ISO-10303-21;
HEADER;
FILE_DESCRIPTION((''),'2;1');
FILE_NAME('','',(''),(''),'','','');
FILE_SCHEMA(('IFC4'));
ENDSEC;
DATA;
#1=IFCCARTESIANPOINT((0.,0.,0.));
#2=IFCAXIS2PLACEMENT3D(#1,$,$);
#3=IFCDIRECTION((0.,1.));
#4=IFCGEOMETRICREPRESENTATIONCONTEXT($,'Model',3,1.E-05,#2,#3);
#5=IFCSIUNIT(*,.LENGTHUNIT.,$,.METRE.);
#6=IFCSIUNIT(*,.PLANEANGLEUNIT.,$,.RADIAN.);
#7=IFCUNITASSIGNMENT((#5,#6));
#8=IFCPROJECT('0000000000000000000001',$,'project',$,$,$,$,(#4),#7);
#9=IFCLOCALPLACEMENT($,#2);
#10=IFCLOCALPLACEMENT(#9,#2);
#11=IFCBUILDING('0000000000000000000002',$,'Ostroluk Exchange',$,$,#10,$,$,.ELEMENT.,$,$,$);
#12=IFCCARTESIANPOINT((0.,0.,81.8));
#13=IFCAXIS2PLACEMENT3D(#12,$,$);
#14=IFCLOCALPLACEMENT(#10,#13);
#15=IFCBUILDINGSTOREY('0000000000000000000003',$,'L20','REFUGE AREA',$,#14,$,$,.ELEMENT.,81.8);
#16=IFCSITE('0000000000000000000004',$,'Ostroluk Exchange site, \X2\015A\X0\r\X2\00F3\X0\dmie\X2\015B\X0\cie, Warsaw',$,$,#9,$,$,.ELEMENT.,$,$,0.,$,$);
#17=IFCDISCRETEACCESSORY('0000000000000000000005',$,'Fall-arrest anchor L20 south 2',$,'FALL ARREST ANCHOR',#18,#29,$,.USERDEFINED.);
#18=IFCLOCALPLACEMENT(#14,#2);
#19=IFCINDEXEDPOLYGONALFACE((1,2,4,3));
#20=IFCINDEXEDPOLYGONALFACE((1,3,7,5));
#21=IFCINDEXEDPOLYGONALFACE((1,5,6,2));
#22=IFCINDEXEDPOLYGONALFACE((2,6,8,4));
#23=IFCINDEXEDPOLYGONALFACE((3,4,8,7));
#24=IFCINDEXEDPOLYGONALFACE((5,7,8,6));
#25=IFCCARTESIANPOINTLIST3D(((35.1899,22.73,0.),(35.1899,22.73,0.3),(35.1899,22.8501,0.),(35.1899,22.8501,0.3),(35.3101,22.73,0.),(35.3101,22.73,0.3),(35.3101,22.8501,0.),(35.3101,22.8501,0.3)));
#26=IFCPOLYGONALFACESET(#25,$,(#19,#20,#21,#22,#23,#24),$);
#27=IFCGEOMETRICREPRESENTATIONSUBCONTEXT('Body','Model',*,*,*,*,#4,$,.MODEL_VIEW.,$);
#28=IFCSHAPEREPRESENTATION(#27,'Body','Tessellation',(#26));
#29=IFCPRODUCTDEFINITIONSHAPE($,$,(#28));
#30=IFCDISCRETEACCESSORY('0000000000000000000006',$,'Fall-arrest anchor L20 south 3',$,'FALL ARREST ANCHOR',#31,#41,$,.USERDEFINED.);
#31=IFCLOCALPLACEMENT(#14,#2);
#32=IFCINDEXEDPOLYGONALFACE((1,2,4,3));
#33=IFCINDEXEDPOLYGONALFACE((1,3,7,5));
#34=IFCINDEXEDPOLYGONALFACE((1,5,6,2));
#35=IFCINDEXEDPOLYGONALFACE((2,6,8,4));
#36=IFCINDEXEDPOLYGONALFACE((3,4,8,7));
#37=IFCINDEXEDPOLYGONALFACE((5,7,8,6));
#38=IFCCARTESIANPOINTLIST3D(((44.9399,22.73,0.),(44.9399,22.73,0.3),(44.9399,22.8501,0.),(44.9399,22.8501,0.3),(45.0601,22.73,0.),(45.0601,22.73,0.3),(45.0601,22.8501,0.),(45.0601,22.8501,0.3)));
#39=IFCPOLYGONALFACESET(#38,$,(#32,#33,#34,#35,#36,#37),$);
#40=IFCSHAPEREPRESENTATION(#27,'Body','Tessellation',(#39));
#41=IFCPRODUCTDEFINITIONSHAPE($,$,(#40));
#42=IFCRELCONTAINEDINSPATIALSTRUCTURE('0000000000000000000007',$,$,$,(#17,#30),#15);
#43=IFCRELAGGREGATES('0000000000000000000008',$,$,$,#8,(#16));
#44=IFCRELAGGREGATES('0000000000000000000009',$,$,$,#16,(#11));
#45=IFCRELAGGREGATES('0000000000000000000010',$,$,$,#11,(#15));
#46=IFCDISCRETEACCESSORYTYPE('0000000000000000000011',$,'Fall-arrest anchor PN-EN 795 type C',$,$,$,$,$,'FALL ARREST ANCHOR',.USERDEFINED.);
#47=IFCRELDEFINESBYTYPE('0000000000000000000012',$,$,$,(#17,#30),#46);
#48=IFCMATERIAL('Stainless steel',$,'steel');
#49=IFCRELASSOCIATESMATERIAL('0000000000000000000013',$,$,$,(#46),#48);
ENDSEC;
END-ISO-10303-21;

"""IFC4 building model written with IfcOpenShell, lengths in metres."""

from ifc_helpers import new_model, si_unit, direction, frame, origin, origin_2d, place, context, subcontext, project, spatial, rectangle, extrude, material, type_object, element, save


model = new_model("IFC4")

# Units and contexts
model_context = context("Model", 3, precision=1e-05, world=origin(), true_north=direction((0.0, 1.0)))
body_context = subcontext(model_context, "Body", "Model", "MODEL_VIEW")
ifc_project = project(units=[si_unit("LENGTHUNIT", "METRE"), si_unit("PLANEANGLEUNIT", "RADIAN")], contexts=[model_context])

# Site, building, storey
site_placement = place(None, origin())
site = spatial("IfcSite", under=ifc_project, at=site_placement, Name="Ostroluk Exchange site, Śródmieście, Warsaw", CompositionType="ELEMENT", RefElevation=0.0)
building_placement = place(site_placement, origin())
building = spatial("IfcBuilding", under=site, at=building_placement, Name="Ostroluk Exchange", CompositionType="ELEMENT")
storey_placement = place(building_placement, frame((0.0, 0.0, 81.8)))
storey = spatial("IfcBuildingStorey", under=building, at=storey_placement, Name="L20", Description="REFUGE AREA", CompositionType="ELEMENT", Elevation=81.8)

# Discrete accessories
ifc_material_1 = material(Name="Stainless steel", Category="steel")
discrete_accessory_type = type_object("IfcDiscreteAccessoryType", Name="Fall-arrest anchor PN-EN 795 type C", ElementType="FALL ARREST ANCHOR", PredefinedType="USERDEFINED", material=ifc_material_1)
for number, where, z_axis, x_axis, name in (
    (1, (35.25, 22.79, 0.0), (0.0, 0.0, 1.0), (1.0, 0.0, 0.0), "Fall-arrest anchor L20 south 2"),
    (2, (45.0, 22.79, 0.0), (0.0, 0.0, 1.0), (1.0, 0.0, 0.0), "Fall-arrest anchor L20 south 3"),
):
    element("IfcDiscreteAccessory", number, at=place(storey_placement, frame(where, z_axis=z_axis, x_axis=x_axis)), inside=storey, type_object=discrete_accessory_type, Name=name, ObjectType="FALL ARREST ANCHOR", PredefinedType="USERDEFINED", context=body_context, shape_type="SweptSolid", body=[
        extrude(rectangle(XDim=0.1201, YDim=0.1201, at=origin_2d()), origin(), (0.0, 0.0, 1.0), 0.3),
    ])

save(model, "model.ifc")
